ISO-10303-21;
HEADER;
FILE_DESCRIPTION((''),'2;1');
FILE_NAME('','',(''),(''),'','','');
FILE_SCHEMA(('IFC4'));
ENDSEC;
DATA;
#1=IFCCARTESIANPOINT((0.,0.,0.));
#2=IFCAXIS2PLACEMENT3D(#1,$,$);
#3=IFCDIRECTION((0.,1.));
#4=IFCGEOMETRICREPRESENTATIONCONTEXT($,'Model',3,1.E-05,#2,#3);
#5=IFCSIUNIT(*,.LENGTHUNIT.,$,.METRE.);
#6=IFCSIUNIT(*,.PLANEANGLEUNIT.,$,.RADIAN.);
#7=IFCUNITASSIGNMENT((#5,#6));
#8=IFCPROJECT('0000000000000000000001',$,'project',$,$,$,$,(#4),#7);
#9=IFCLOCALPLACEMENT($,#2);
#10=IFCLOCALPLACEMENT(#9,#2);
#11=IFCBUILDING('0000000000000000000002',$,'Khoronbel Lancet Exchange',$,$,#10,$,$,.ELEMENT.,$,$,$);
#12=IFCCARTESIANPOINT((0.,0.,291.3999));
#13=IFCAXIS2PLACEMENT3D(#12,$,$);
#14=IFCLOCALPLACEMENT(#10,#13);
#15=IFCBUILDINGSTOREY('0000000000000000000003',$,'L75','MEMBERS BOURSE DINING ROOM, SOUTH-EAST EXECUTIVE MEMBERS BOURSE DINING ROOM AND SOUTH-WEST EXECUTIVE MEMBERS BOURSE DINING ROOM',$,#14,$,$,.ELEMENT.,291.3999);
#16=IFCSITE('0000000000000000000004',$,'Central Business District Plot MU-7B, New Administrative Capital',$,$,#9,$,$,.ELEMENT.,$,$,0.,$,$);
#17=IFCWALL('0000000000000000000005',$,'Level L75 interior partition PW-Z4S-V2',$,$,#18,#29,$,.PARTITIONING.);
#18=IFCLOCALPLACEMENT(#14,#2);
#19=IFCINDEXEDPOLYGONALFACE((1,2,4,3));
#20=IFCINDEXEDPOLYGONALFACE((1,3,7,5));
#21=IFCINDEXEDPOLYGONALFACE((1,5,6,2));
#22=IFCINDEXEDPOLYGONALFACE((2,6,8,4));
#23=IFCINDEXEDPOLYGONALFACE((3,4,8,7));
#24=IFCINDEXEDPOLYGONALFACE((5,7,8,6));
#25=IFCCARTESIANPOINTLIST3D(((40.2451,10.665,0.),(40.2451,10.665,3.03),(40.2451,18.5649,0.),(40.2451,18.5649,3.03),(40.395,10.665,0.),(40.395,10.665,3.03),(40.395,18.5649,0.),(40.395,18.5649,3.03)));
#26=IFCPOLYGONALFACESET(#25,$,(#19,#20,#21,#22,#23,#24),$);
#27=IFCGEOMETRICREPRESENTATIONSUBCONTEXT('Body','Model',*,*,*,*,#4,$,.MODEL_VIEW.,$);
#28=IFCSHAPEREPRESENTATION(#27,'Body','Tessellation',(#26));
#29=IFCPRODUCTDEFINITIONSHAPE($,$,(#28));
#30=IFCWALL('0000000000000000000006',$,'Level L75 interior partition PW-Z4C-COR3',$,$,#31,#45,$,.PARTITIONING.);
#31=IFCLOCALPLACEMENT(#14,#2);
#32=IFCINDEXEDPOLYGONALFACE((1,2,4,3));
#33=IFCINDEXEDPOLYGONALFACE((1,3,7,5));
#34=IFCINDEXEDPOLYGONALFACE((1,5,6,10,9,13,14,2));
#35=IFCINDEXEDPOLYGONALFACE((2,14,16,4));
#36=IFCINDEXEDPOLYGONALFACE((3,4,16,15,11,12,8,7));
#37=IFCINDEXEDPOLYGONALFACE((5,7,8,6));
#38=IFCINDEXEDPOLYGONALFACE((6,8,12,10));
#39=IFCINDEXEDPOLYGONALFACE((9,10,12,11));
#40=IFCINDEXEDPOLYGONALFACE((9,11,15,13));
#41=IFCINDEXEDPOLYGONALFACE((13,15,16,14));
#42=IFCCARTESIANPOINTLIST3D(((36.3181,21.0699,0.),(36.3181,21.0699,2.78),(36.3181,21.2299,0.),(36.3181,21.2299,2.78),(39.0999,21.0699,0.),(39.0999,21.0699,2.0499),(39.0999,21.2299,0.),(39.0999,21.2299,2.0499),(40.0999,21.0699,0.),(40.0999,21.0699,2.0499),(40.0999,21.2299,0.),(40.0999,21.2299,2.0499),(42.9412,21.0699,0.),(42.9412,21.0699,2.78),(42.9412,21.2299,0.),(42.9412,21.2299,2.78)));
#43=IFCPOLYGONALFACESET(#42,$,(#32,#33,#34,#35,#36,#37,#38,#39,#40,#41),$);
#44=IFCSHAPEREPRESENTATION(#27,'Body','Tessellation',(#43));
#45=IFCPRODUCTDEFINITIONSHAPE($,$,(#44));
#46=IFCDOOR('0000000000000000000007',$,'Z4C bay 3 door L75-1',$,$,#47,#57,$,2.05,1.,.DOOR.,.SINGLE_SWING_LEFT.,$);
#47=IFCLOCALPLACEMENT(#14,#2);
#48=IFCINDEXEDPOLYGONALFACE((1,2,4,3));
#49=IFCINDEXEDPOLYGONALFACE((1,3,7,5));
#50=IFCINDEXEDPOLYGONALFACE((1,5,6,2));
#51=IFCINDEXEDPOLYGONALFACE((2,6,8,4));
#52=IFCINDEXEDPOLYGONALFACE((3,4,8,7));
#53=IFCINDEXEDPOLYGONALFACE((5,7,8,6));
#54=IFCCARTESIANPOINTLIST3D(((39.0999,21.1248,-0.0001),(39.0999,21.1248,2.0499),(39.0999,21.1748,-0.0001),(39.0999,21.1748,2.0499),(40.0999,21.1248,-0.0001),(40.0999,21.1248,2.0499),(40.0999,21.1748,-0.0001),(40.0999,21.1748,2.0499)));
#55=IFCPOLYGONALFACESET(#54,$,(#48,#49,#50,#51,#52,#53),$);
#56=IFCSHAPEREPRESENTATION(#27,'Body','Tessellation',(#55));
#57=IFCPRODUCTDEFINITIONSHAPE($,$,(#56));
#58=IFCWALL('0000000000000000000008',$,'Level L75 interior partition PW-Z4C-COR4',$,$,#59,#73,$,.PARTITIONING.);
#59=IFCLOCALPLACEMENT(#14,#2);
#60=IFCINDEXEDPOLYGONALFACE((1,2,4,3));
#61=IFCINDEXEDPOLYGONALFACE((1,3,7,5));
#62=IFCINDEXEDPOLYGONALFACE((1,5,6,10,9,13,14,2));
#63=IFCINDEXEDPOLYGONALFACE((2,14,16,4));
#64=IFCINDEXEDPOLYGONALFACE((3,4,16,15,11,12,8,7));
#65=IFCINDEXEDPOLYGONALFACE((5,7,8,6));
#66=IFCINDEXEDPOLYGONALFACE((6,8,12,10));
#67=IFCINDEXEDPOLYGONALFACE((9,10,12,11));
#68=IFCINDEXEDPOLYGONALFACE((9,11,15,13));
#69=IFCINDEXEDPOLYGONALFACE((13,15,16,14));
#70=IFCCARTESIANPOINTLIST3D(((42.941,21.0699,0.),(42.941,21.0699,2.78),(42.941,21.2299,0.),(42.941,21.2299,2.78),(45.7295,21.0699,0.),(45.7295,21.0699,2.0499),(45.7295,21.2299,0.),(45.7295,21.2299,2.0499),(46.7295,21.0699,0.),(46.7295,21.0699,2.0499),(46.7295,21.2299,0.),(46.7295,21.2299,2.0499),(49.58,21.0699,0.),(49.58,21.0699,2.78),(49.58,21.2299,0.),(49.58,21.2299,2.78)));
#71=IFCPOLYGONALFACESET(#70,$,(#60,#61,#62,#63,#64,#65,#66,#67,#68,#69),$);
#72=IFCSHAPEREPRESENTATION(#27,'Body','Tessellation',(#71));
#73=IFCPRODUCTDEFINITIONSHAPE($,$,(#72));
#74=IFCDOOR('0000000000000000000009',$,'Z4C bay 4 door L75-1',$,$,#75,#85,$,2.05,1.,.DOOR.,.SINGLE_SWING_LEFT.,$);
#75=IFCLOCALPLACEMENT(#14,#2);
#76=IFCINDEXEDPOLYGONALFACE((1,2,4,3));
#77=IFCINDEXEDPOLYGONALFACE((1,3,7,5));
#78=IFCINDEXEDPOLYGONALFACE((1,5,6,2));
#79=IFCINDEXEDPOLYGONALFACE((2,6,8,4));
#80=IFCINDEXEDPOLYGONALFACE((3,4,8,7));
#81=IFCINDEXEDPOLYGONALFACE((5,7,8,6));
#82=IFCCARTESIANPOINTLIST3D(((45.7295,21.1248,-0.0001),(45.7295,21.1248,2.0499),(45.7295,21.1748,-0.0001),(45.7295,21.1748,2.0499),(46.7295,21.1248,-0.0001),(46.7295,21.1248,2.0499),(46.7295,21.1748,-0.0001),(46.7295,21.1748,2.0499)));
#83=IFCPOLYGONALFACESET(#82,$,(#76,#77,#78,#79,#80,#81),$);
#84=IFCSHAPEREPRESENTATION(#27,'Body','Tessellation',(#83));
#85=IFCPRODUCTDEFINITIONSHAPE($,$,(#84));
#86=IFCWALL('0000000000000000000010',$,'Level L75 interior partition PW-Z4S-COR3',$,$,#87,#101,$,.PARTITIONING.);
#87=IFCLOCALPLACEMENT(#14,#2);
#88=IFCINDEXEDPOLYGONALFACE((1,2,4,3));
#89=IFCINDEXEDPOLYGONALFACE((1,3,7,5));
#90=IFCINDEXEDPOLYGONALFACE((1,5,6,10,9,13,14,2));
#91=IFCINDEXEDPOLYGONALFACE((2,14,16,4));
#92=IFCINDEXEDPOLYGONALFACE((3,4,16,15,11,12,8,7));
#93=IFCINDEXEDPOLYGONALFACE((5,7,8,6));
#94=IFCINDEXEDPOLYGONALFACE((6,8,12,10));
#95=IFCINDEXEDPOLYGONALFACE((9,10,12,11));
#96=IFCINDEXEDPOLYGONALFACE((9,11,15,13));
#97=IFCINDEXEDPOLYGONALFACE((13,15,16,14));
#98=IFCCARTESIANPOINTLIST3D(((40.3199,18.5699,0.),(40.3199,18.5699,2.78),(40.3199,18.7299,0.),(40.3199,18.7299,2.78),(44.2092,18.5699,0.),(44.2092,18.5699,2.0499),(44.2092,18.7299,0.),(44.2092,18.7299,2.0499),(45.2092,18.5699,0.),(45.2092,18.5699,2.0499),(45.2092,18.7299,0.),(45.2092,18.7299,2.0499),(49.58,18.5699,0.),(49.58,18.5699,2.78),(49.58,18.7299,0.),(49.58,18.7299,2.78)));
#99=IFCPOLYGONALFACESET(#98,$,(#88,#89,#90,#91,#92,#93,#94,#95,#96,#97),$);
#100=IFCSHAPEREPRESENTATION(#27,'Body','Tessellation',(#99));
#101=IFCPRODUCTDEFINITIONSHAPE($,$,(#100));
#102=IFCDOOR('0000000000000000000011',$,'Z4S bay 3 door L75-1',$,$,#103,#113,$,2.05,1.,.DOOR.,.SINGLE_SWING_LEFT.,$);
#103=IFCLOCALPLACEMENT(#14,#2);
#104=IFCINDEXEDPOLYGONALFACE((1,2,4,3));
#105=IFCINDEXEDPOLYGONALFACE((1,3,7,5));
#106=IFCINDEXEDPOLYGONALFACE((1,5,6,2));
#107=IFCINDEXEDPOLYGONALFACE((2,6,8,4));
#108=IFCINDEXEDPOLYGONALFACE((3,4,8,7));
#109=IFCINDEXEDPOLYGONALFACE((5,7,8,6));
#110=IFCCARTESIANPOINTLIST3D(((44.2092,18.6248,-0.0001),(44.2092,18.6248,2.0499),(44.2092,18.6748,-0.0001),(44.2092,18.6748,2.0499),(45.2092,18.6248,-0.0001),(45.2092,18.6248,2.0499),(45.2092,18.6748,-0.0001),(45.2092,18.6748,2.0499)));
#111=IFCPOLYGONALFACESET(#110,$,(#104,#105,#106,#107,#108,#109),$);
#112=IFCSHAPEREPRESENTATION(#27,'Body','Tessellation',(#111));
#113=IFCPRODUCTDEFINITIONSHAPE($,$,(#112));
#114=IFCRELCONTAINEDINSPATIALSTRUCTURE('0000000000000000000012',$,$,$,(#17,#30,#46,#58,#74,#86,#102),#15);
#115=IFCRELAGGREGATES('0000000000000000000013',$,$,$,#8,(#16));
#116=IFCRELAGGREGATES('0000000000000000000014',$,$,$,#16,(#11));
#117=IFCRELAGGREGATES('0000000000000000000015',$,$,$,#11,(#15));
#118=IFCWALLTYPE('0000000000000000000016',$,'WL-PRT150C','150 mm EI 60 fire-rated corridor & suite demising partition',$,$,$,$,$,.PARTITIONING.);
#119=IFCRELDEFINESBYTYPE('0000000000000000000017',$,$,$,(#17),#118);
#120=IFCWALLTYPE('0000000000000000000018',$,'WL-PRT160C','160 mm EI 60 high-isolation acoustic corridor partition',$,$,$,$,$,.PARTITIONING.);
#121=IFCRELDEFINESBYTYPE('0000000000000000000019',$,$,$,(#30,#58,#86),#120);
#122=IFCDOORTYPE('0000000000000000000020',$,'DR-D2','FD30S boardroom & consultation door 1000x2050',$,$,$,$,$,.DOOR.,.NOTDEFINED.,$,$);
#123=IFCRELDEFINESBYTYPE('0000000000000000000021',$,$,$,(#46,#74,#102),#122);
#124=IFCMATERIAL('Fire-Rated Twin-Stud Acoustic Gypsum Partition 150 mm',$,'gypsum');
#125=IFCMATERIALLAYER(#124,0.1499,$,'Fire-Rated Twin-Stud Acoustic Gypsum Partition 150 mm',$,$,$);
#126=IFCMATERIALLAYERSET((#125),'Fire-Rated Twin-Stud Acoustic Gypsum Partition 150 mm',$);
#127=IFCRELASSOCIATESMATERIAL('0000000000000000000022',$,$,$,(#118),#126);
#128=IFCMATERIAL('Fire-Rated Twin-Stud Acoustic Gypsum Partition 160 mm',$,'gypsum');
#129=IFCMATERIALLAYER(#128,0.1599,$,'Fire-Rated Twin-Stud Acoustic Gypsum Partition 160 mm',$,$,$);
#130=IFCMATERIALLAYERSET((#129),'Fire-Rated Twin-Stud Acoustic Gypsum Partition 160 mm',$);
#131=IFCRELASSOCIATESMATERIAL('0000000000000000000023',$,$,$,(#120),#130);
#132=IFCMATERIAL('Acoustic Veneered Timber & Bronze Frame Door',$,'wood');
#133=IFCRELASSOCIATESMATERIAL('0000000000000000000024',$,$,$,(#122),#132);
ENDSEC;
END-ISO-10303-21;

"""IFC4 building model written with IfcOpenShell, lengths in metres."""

from ifc_helpers import new_model, si_unit, direction, frame, frame_2d, origin, place, context, subcontext, project, spatial, rectangle, extrude, material, layer, layer_set, type_object, element, fill, save


model = new_model("IFC4")

# Units and contexts
model_context = context("Model", 3, precision=1e-05, world=origin(), true_north=direction((0.0, 1.0)))
body_context = subcontext(model_context, "Body", "Model", "MODEL_VIEW")
ifc_project = project(units=[si_unit("LENGTHUNIT", "METRE"), si_unit("PLANEANGLEUNIT", "RADIAN")], contexts=[model_context])

# Site, building, storey
site_placement = place(None, origin())
site = spatial("IfcSite", under=ifc_project, at=site_placement, Name="Central Business District Plot MU-7B, New Administrative Capital", CompositionType="ELEMENT", RefElevation=0.0)
building_placement = place(site_placement, origin())
building = spatial("IfcBuilding", under=site, at=building_placement, Name="Khoronbel Lancet Exchange", CompositionType="ELEMENT")
storey_placement = place(building_placement, frame((0.0, 0.0, 291.3999)))
storey = spatial("IfcBuildingStorey", under=building, at=storey_placement, Name="L75", Description="MEMBERS BOURSE DINING ROOM, SOUTH-EAST EXECUTIVE MEMBERS BOURSE DINING ROOM AND SOUTH-WEST EXECUTIVE MEMBERS BOURSE DINING ROOM", CompositionType="ELEMENT", Elevation=291.3999)

# Shared definitions
ifc_material_1 = material(Name="Fire-Rated Twin-Stud Acoustic Gypsum Partition 150 mm", Category="gypsum")
ifc_layer_1 = layer(ifc_material_1, 0.1499, Name="Fire-Rated Twin-Stud Acoustic Gypsum Partition 150 mm")
ifc_layer_set_1 = layer_set([ifc_layer_1], Name="Fire-Rated Twin-Stud Acoustic Gypsum Partition 150 mm")
wall_type_1 = type_object("IfcWallType", Name="WL-PRT150C", Description="150 mm EI 60 fire-rated corridor & suite demising partition", PredefinedType="PARTITIONING", material=ifc_layer_set_1)

# Wall
wall_1_placement = place(storey_placement, frame((40.3201, 10.665, 0.0), z_axis=(0.0, 0.0, 1.0), x_axis=(0.0, 1.0, 0.0)))
element("IfcWall", 1, at=wall_1_placement, inside=storey, type_object=wall_type_1, Name="Level L75 interior partition PW-Z4S-V2", PredefinedType="PARTITIONING", context=body_context, shape_type="SweptSolid", body=[
    extrude(rectangle(XDim=7.8999, YDim=0.1499, at=frame_2d((3.95, 0.0))), origin(), (0.0, 0.0, 1.0), 3.03),
])

# Walls, openings, doors
ifc_material_2 = material(Name="Fire-Rated Twin-Stud Acoustic Gypsum Partition 160 mm", Category="gypsum")
ifc_layer_2 = layer(ifc_material_2, 0.1599, Name="Fire-Rated Twin-Stud Acoustic Gypsum Partition 160 mm")
ifc_layer_set_2 = layer_set([ifc_layer_2], Name="Fire-Rated Twin-Stud Acoustic Gypsum Partition 160 mm")
wall_type_2 = type_object("IfcWallType", Name="WL-PRT160C", Description="160 mm EI 60 high-isolation acoustic corridor partition", PredefinedType="PARTITIONING", material=ifc_layer_set_2)
wall_2_placement = place(storey_placement, frame((36.3181, 21.1499, 0.0), z_axis=(0.0, 0.0, 1.0), x_axis=(1.0, 0.0, 0.0)))
wall_2 = element("IfcWall", 2, at=wall_2_placement, inside=storey, type_object=wall_type_2, Name="Level L75 interior partition PW-Z4C-COR3", PredefinedType="PARTITIONING", context=body_context, shape_type="SweptSolid", body=[
    extrude(rectangle(XDim=6.623, YDim=0.1599, at=frame_2d((3.3115, 0.0))), origin(), (0.0, 0.0, 1.0), 2.78),
])
opening_1_placement = place(wall_2_placement, frame((2.7817, 0.0, 0.0)))
opening_1 = element("IfcOpeningElement", 3, at=opening_1_placement, cuts=wall_2, PredefinedType="OPENING", context=body_context, shape_type="SweptSolid", body=[
    extrude(rectangle(XDim=1.0, YDim=2.05, at=frame_2d((0.5, 1.0249))), frame((0.0, 0.0898, 0.0), z_axis=(0.0, -1.0, 0.0), x_axis=(1.0, 0.0, 0.0)), (0.0, 0.0, 1.0), 0.1799),
])
ifc_material_3 = material(Name="Acoustic Veneered Timber & Bronze Frame Door", Category="wood")
door_type_1 = type_object("IfcDoorType", Name="DR-D2", Description="FD30S boardroom & consultation door 1000x2050", OperationType="NOTDEFINED", PredefinedType="DOOR", material=ifc_material_3)
door_1_placement = place(opening_1_placement, origin())
door_1 = element("IfcDoor", 4, at=door_1_placement, inside=storey, type_object=door_type_1, Name="Z4C bay 3 door L75-1", OperationType="SINGLE_SWING_LEFT", OverallHeight=2.05, OverallWidth=1.0, PredefinedType="DOOR", context=body_context, shape_type="SweptSolid", body=[
    extrude(rectangle(XDim=1.0, YDim=2.05, at=frame_2d((0.5, 1.0249))), frame((0.0, 0.0249, 0.0), z_axis=(0.0, -1.0, 0.0), x_axis=(1.0, 0.0, 0.0)), (0.0, 0.0, 1.0), 0.05),
])
fill(opening_1, door_1)
wall_3_placement = place(storey_placement, frame((42.9412, 21.1499, 0.0), z_axis=(0.0, 0.0, 1.0), x_axis=(1.0, 0.0, 0.0)))
wall_3 = element("IfcWall", 5, at=wall_3_placement, inside=storey, type_object=wall_type_2, Name="Level L75 interior partition PW-Z4C-COR4", PredefinedType="PARTITIONING", context=body_context, shape_type="SweptSolid", body=[
    extrude(rectangle(XDim=6.6389, YDim=0.1599, at=frame_2d((3.3193, 0.0))), origin(), (0.0, 0.0, 1.0), 2.78),
])
opening_2_placement = place(wall_3_placement, frame((2.7883, 0.0, 0.0)))
opening_2 = element("IfcOpeningElement", 6, at=opening_2_placement, cuts=wall_3, PredefinedType="OPENING", context=body_context, shape_type="SweptSolid", body=[
    extrude(rectangle(XDim=1.0, YDim=2.05, at=frame_2d((0.5, 1.0249))), frame((0.0, 0.0898, 0.0), z_axis=(0.0, -1.0, 0.0), x_axis=(1.0, 0.0, 0.0)), (0.0, 0.0, 1.0), 0.1799),
])
door_2_placement = place(opening_2_placement, origin())
door_2 = element("IfcDoor", 7, at=door_2_placement, inside=storey, type_object=door_type_1, Name="Z4C bay 4 door L75-1", OperationType="SINGLE_SWING_LEFT", OverallHeight=2.05, OverallWidth=1.0, PredefinedType="DOOR", context=body_context, shape_type="SweptSolid", body=[
    extrude(rectangle(XDim=1.0, YDim=2.05, at=frame_2d((0.5, 1.0249))), frame((0.0, 0.0249, 0.0), z_axis=(0.0, -1.0, 0.0), x_axis=(1.0, 0.0, 0.0)), (0.0, 0.0, 1.0), 0.05),
])
fill(opening_2, door_2)
wall_4_placement = place(storey_placement, frame((40.3201, 18.6499, 0.0), z_axis=(0.0, 0.0, 1.0), x_axis=(1.0, 0.0, 0.0)))
wall_4 = element("IfcWall", 8, at=wall_4_placement, inside=storey, type_object=wall_type_2, Name="Level L75 interior partition PW-Z4S-COR3", PredefinedType="PARTITIONING", context=body_context, shape_type="SweptSolid", body=[
    extrude(rectangle(XDim=9.26, YDim=0.1599, at=frame_2d((4.6299, 0.0))), origin(), (0.0, 0.0, 1.0), 2.78),
])
opening_3_placement = place(wall_4_placement, frame((3.8892, 0.0, 0.0)))
opening_3 = element("IfcOpeningElement", 9, at=opening_3_placement, cuts=wall_4, PredefinedType="OPENING", context=body_context, shape_type="SweptSolid", body=[
    extrude(rectangle(XDim=1.0, YDim=2.05, at=frame_2d((0.5, 1.0249))), frame((0.0, 0.0898, 0.0), z_axis=(0.0, -1.0, 0.0), x_axis=(1.0, 0.0, 0.0)), (0.0, 0.0, 1.0), 0.1799),
])
door_3_placement = place(opening_3_placement, origin())
door_3 = element("IfcDoor", 10, at=door_3_placement, inside=storey, type_object=door_type_1, Name="Z4S bay 3 door L75-1", OperationType="SINGLE_SWING_LEFT", OverallHeight=2.05, OverallWidth=1.0, PredefinedType="DOOR", context=body_context, shape_type="SweptSolid", body=[
    extrude(rectangle(XDim=1.0, YDim=2.05, at=frame_2d((0.5, 1.0249))), frame((0.0, 0.0249, 0.0), z_axis=(0.0, -1.0, 0.0), x_axis=(1.0, 0.0, 0.0)), (0.0, 0.0, 1.0), 0.05),
])
fill(opening_3, door_3)

save(model, "model.ifc")
